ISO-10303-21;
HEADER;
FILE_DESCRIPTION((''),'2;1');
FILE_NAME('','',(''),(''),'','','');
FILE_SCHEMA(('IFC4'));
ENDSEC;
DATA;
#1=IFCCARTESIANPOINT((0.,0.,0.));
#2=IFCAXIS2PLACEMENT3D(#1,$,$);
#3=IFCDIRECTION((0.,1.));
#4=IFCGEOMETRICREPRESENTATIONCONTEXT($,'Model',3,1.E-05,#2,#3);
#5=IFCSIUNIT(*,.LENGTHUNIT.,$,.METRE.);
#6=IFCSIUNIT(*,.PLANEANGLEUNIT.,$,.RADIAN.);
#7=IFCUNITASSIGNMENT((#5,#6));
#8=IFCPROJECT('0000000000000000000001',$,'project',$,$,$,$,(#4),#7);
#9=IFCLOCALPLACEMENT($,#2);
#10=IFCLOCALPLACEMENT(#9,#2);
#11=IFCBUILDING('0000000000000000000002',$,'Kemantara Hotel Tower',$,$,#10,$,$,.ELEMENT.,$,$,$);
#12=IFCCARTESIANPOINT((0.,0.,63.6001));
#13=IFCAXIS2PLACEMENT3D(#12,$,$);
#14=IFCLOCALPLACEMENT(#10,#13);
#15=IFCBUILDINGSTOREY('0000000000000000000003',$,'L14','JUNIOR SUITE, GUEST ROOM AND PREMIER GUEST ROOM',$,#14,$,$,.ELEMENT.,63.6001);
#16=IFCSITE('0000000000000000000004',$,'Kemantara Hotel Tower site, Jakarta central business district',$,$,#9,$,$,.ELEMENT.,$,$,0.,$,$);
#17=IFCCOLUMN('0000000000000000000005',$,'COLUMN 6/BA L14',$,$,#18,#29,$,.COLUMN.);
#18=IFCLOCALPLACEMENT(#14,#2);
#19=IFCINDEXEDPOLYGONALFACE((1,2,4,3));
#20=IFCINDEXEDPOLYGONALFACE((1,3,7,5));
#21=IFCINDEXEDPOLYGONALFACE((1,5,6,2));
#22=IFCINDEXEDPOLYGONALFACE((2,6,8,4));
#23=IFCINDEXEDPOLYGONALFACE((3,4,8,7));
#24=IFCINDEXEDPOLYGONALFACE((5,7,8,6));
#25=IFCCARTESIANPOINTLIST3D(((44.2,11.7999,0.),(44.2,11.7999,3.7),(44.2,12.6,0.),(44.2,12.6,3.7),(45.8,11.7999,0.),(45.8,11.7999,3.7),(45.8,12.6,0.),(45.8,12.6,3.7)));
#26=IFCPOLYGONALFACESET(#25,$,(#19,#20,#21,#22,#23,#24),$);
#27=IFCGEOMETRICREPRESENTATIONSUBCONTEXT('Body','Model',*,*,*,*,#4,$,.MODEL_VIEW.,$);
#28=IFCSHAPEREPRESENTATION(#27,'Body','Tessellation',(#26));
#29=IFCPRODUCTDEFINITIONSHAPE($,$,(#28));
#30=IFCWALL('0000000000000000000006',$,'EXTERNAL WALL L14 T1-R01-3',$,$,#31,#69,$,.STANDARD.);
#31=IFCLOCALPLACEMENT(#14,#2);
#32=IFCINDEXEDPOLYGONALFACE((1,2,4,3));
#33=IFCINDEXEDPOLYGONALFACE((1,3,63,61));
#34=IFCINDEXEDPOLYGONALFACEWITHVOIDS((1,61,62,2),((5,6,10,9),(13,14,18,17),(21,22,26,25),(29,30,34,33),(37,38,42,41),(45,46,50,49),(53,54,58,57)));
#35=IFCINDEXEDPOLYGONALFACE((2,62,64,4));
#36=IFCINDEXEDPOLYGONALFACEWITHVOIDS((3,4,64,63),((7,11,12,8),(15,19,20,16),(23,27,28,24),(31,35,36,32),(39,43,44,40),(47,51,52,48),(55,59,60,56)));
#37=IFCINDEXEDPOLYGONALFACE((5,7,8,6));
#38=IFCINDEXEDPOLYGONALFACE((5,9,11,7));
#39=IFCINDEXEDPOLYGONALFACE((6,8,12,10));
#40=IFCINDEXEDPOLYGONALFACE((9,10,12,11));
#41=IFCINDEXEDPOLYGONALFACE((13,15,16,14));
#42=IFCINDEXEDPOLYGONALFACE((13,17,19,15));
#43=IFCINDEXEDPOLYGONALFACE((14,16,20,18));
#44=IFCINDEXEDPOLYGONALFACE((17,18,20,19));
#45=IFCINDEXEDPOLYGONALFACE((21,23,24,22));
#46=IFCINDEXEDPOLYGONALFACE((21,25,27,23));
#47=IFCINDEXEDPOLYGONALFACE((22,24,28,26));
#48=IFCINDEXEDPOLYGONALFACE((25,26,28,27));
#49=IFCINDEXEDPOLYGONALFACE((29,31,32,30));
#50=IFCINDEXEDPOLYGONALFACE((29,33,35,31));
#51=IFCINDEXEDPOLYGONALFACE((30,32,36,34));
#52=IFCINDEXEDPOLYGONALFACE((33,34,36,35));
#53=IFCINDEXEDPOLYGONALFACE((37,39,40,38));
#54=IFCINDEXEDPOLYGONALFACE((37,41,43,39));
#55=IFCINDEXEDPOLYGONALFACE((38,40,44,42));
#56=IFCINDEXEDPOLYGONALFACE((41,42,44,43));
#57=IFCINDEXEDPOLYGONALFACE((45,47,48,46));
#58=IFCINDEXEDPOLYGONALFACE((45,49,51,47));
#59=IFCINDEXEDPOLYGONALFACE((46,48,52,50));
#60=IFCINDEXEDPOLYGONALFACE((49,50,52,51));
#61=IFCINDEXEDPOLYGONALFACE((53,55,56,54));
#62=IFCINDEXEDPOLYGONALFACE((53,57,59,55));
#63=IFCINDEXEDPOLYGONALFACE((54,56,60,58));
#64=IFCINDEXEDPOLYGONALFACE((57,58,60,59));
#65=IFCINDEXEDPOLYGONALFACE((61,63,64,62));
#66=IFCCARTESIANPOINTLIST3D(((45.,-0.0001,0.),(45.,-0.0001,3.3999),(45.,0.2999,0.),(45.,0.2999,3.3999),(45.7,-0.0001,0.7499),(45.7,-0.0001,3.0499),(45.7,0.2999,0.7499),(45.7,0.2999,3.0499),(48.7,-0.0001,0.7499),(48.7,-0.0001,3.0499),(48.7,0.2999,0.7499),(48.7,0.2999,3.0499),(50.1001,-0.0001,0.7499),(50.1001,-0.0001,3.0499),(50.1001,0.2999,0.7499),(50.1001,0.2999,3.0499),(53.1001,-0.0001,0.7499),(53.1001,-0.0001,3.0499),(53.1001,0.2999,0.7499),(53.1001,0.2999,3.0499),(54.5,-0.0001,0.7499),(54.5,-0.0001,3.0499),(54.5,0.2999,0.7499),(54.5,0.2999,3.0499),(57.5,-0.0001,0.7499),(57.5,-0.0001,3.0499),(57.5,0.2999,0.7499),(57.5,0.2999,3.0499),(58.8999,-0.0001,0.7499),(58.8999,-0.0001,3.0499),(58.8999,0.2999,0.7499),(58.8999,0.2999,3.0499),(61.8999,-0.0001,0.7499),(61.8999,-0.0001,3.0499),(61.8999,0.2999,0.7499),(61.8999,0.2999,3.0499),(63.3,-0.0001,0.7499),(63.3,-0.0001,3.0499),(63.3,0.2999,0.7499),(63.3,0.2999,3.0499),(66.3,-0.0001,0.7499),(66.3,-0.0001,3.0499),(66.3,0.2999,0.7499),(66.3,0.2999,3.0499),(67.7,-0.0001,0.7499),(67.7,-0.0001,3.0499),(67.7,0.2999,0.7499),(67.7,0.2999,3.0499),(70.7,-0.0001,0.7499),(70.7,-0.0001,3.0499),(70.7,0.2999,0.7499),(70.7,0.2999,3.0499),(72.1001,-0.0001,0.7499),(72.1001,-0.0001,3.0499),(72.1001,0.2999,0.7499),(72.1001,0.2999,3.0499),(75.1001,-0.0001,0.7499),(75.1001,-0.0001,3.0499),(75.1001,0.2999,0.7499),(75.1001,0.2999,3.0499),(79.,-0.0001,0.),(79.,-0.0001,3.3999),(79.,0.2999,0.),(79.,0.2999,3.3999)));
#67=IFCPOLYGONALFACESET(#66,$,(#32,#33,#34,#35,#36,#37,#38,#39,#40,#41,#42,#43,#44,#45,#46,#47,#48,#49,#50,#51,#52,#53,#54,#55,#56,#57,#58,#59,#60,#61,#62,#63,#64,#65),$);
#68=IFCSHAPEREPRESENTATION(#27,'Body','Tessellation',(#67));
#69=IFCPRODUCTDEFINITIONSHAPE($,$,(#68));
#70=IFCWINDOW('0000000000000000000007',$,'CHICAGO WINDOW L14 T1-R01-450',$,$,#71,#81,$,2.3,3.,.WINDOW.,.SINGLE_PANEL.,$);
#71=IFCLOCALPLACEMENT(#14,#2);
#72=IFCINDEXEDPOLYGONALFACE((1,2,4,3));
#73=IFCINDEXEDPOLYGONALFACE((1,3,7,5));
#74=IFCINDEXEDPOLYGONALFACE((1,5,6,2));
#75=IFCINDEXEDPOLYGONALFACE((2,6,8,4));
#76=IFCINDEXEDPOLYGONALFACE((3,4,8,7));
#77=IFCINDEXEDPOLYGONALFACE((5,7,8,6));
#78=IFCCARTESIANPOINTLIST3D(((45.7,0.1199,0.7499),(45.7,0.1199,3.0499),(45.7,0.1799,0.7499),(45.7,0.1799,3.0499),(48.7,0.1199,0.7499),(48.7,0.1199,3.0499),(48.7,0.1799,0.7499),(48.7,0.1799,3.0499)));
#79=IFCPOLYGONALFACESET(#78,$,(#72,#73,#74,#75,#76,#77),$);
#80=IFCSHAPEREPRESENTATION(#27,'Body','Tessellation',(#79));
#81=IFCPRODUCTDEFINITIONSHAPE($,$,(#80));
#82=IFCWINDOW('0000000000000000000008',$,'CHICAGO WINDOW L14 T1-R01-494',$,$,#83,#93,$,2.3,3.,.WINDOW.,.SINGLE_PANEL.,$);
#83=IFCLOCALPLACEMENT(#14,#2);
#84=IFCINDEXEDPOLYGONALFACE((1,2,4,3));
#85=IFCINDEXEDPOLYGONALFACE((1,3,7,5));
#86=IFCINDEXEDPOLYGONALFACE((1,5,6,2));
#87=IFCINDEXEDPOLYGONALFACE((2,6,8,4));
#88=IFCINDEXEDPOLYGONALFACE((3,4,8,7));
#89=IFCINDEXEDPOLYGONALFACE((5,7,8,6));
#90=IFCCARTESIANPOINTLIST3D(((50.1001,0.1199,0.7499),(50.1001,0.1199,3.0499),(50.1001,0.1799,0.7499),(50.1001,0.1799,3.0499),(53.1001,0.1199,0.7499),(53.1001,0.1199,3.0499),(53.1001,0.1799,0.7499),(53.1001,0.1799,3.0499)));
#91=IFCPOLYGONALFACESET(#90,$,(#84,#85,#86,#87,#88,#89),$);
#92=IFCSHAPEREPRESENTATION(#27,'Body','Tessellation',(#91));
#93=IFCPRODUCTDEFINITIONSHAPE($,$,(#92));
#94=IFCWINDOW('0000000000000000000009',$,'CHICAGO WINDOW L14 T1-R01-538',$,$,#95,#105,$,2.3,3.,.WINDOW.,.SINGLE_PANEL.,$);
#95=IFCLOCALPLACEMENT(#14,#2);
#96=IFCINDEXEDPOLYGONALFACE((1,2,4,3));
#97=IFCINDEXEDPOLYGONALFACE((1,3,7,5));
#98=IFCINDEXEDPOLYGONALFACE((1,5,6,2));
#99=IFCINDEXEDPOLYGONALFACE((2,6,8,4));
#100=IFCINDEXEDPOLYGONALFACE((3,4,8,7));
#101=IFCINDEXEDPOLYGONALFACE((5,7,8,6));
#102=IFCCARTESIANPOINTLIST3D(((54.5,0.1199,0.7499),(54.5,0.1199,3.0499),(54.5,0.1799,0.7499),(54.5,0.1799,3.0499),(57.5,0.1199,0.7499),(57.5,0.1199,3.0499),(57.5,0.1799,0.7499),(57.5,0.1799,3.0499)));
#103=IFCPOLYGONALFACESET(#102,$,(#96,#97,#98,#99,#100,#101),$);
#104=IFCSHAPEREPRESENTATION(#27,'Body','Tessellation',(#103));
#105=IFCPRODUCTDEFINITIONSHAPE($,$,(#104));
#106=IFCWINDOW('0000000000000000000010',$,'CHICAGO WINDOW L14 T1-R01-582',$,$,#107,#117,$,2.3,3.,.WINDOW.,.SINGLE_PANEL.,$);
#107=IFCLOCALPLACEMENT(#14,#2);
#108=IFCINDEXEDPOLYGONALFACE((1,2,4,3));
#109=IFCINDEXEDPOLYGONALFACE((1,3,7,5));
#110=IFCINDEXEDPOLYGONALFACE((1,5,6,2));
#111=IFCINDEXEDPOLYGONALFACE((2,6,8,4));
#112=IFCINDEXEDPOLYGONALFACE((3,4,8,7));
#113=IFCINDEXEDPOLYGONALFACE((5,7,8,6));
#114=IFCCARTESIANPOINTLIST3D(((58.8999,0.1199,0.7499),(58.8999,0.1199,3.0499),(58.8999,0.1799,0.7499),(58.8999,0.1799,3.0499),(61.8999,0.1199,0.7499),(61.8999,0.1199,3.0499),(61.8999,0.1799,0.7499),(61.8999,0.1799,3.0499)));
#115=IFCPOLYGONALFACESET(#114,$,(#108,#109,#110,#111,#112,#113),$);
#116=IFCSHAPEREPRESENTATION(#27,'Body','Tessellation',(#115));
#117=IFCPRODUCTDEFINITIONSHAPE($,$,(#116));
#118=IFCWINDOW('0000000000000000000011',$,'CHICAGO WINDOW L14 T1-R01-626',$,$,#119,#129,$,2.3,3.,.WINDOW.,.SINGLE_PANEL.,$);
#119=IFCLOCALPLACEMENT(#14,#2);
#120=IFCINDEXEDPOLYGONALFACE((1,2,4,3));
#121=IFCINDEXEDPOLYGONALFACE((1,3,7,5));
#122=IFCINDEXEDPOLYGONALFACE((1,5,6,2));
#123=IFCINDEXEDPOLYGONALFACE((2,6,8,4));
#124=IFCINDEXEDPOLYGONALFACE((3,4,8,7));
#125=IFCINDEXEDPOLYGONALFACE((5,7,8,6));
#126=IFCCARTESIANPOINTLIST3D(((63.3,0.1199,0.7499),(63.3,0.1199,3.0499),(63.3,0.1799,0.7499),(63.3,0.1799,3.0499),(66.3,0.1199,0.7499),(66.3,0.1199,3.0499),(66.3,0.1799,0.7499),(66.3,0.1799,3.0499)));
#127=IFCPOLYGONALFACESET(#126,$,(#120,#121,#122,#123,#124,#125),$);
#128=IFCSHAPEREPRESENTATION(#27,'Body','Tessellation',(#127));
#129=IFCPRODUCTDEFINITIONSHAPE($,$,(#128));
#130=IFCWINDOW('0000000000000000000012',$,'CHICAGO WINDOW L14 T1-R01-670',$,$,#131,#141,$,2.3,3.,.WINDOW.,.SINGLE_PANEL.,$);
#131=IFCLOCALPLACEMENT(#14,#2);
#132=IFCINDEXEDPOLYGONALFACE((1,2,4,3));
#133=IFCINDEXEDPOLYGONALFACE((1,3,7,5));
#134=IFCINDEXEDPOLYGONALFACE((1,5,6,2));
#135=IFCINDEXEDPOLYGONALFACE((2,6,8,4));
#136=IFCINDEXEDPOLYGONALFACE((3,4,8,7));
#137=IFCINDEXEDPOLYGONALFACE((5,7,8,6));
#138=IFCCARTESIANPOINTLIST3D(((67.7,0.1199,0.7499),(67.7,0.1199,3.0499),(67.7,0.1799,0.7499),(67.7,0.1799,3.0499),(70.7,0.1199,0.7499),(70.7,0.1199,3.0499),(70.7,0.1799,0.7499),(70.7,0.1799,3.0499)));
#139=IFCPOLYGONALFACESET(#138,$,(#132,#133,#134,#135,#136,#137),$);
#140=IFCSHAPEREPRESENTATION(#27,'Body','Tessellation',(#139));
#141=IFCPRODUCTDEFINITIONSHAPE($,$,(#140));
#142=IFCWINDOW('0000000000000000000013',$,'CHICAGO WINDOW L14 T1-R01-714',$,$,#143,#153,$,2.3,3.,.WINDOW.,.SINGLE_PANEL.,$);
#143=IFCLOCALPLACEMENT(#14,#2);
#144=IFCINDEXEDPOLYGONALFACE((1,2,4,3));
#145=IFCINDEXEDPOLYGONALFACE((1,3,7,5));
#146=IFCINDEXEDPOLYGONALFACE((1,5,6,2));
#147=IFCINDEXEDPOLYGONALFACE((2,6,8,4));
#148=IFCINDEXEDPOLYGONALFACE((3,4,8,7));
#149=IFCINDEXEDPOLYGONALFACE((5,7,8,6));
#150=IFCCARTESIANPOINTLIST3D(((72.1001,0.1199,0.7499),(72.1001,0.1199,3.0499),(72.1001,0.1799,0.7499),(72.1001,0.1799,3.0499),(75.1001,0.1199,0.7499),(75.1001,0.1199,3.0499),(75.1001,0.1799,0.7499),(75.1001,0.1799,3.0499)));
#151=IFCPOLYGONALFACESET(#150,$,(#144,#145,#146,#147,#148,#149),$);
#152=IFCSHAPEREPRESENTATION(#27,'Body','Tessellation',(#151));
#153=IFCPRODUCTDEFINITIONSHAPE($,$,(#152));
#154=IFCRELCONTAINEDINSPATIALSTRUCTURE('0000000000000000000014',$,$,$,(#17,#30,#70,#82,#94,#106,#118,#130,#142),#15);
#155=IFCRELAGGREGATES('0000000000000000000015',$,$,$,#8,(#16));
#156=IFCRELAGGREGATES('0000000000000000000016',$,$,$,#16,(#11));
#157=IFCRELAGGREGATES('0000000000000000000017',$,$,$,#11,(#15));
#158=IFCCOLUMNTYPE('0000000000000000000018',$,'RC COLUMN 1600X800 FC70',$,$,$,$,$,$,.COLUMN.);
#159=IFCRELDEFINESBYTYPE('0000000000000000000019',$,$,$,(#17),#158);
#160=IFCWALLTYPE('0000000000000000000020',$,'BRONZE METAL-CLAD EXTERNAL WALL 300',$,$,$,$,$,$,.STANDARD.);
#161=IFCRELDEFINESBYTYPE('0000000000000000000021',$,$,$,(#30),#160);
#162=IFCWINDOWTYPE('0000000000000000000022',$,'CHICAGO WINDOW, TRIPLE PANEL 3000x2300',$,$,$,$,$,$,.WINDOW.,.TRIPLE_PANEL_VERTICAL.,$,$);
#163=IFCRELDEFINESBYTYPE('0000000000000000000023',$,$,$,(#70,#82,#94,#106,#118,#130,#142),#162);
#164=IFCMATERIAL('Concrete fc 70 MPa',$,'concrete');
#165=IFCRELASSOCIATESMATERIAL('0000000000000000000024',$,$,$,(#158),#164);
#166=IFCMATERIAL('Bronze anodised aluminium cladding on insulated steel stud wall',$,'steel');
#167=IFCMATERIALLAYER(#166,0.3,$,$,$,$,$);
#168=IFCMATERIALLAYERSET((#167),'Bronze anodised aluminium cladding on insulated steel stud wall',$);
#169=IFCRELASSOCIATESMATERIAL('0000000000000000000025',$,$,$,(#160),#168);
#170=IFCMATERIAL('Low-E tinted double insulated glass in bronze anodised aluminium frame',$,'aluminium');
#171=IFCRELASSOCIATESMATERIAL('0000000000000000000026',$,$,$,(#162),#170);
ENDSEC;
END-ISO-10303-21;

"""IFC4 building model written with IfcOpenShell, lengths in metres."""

from ifc_helpers import new_model, si_unit, direction, frame, frame_2d, origin, origin_2d, place, context, subcontext, project, spatial, rectangle, extrude, material, layer, layer_set, material_profile, profile_set, type_object, element, fill, save


model = new_model("IFC4")

# Units and contexts
model_context = context("Model", 3, precision=1e-05, world=origin(), true_north=direction((0.0, 1.0)))
body_context = subcontext(model_context, "Body", "Model", "MODEL_VIEW")
ifc_project = project(units=[si_unit("LENGTHUNIT", "METRE"), si_unit("PLANEANGLEUNIT", "RADIAN")], contexts=[model_context])

# Site, building, storey
site_placement = place(None, origin())
site = spatial("IfcSite", under=ifc_project, at=site_placement, Name="Kemantara Hotel Tower site, Jakarta central business district", CompositionType="ELEMENT", RefElevation=0.0)
building_placement = place(site_placement, origin())
building = spatial("IfcBuilding", under=site, at=building_placement, Name="Kemantara Hotel Tower", CompositionType="ELEMENT")
storey_placement = place(building_placement, frame((0.0, 0.0, 63.6001)))
storey = spatial("IfcBuildingStorey", under=building, at=storey_placement, Name="L14", Description="JUNIOR SUITE, GUEST ROOM AND PREMIER GUEST ROOM", CompositionType="ELEMENT", Elevation=63.6001)

# Column
ifc_material_1 = material(Name="Concrete fc 70 MPa", Category="concrete")
ifc_material_profile = material_profile(ifc_material_1, rectangle(XDim=1.6001, YDim=0.8, at=origin_2d()), Name="RC 1600X800")
ifc_profile_set = profile_set([ifc_material_profile], Name="Concrete fc 70 MPa")
column_type = type_object("IfcColumnType", Name="RC COLUMN 1600X800 FC70", PredefinedType="COLUMN", material=ifc_profile_set)
column_placement = place(storey_placement, frame((45.0, 12.2, 0.0), z_axis=(0.0, 0.0, 1.0), x_axis=(1.0, 0.0, 0.0)))
element("IfcColumn", 1, at=column_placement, inside=storey, type_object=column_type, Name="COLUMN 6/BA L14", PredefinedType="COLUMN", context=body_context, shape_type="SweptSolid", body=[
    extrude(rectangle(XDim=1.6001, YDim=0.8, at=origin_2d()), origin(), (0.0, 0.0, 1.0), 3.7),
])

# Wall, openings, windows
ifc_material_2 = material(Name="Bronze anodised aluminium cladding on insulated steel stud wall", Category="steel")
ifc_layer_1 = layer(ifc_material_2, 0.3)
ifc_layer_set_1 = layer_set([ifc_layer_1], Name="Bronze anodised aluminium cladding on insulated steel stud wall")
wall_type_1 = type_object("IfcWallType", Name="BRONZE METAL-CLAD EXTERNAL WALL 300", PredefinedType="STANDARD", material=ifc_layer_set_1)
wall_1_placement = place(storey_placement, frame((45.0, 0.1499, 0.0), z_axis=(0.0, 0.0, 1.0), x_axis=(1.0, 0.0, 0.0)))
wall_1 = element("IfcWall", 2, at=wall_1_placement, inside=storey, type_object=wall_type_1, Name="EXTERNAL WALL L14 T1-R01-3", PredefinedType="STANDARD", context=body_context, shape_type="SweptSolid", body=[
    extrude(rectangle(XDim=34.0, YDim=0.3, at=frame_2d((17.0, 0.0))), origin(), (0.0, 0.0, 1.0), 3.3999),
])
opening_1_placement = place(wall_1_placement, frame((0.7, 0.0, 0.75)))
opening_1 = element("IfcOpeningElement", 3, at=opening_1_placement, cuts=wall_1, PredefinedType="OPENING", context=body_context, shape_type="SweptSolid", body=[
    extrude(rectangle(XDim=3.0, YDim=2.3, at=frame_2d((1.5, 1.1499))), frame((0.0, 0.1599, 0.0), z_axis=(0.0, -1.0, 0.0), x_axis=(1.0, 0.0, 0.0)), (0.0, 0.0, 1.0), 0.3201),
])
opening_2_placement = place(wall_1_placement, frame((5.1001, 0.0, 0.75)))
opening_2 = element("IfcOpeningElement", 4, at=opening_2_placement, cuts=wall_1, PredefinedType="OPENING", context=body_context, shape_type="SweptSolid", body=[
    extrude(rectangle(XDim=3.0, YDim=2.3, at=frame_2d((1.5, 1.1499))), frame((0.0, 0.1599, 0.0), z_axis=(0.0, -1.0, 0.0), x_axis=(1.0, 0.0, 0.0)), (0.0, 0.0, 1.0), 0.3201),
])
opening_3_placement = place(wall_1_placement, frame((9.5, 0.0, 0.75)))
opening_3 = element("IfcOpeningElement", 5, at=opening_3_placement, cuts=wall_1, PredefinedType="OPENING", context=body_context, shape_type="SweptSolid", body=[
    extrude(rectangle(XDim=3.0, YDim=2.3, at=frame_2d((1.5, 1.1499))), frame((0.0, 0.1599, 0.0), z_axis=(0.0, -1.0, 0.0), x_axis=(1.0, 0.0, 0.0)), (0.0, 0.0, 1.0), 0.3201),
])
opening_4_placement = place(wall_1_placement, frame((13.8999, 0.0, 0.75)))
opening_4 = element("IfcOpeningElement", 6, at=opening_4_placement, cuts=wall_1, PredefinedType="OPENING", context=body_context, shape_type="SweptSolid", body=[
    extrude(rectangle(XDim=3.0, YDim=2.3, at=frame_2d((1.5, 1.1499))), frame((0.0, 0.1599, 0.0), z_axis=(0.0, -1.0, 0.0), x_axis=(1.0, 0.0, 0.0)), (0.0, 0.0, 1.0), 0.3201),
])
opening_5_placement = place(wall_1_placement, frame((18.3, 0.0, 0.75)))
opening_5 = element("IfcOpeningElement", 7, at=opening_5_placement, cuts=wall_1, PredefinedType="OPENING", context=body_context, shape_type="SweptSolid", body=[
    extrude(rectangle(XDim=3.0, YDim=2.3, at=frame_2d((1.5, 1.1499))), frame((0.0, 0.1599, 0.0), z_axis=(0.0, -1.0, 0.0), x_axis=(1.0, 0.0, 0.0)), (0.0, 0.0, 1.0), 0.3201),
])
opening_6_placement = place(wall_1_placement, frame((22.7, 0.0, 0.75)))
opening_6 = element("IfcOpeningElement", 8, at=opening_6_placement, cuts=wall_1, PredefinedType="OPENING", context=body_context, shape_type="SweptSolid", body=[
    extrude(rectangle(XDim=3.0, YDim=2.3, at=frame_2d((1.5, 1.1499))), frame((0.0, 0.1599, 0.0), z_axis=(0.0, -1.0, 0.0), x_axis=(1.0, 0.0, 0.0)), (0.0, 0.0, 1.0), 0.3201),
])
opening_7_placement = place(wall_1_placement, frame((27.1001, 0.0, 0.75)))
opening_7 = element("IfcOpeningElement", 9, at=opening_7_placement, cuts=wall_1, PredefinedType="OPENING", context=body_context, shape_type="SweptSolid", body=[
    extrude(rectangle(XDim=3.0, YDim=2.3, at=frame_2d((1.5, 1.1499))), frame((0.0, 0.1599, 0.0), z_axis=(0.0, -1.0, 0.0), x_axis=(1.0, 0.0, 0.0)), (0.0, 0.0, 1.0), 0.3201),
])
ifc_material_3 = material(Name="Low-E tinted double insulated glass in bronze anodised aluminium frame", Category="aluminium")
window_type = type_object("IfcWindowType", Name="CHICAGO WINDOW, TRIPLE PANEL 3000x2300", PartitioningType="TRIPLE_PANEL_VERTICAL", PredefinedType="WINDOW", material=ifc_material_3)
window_1_placement = place(opening_1_placement, origin())
window_1 = element("IfcWindow", 10, at=window_1_placement, inside=storey, type_object=window_type, Name="CHICAGO WINDOW L14 T1-R01-450", OverallHeight=2.3, OverallWidth=3.0, PartitioningType="SINGLE_PANEL", PredefinedType="WINDOW", context=body_context, shape_type="SweptSolid", body=[
    extrude(rectangle(XDim=3.0, YDim=2.3, at=frame_2d((1.5, 1.1499))), frame((0.0, 0.03, 0.0), z_axis=(0.0, -1.0, 0.0), x_axis=(1.0, 0.0, 0.0)), (0.0, 0.0, 1.0), 0.0601),
])
fill(opening_1, window_1)
window_2_placement = place(opening_2_placement, origin())
window_2 = element("IfcWindow", 11, at=window_2_placement, inside=storey, type_object=window_type, Name="CHICAGO WINDOW L14 T1-R01-494", OverallHeight=2.3, OverallWidth=3.0, PartitioningType="SINGLE_PANEL", PredefinedType="WINDOW", context=body_context, shape_type="SweptSolid", body=[
    extrude(rectangle(XDim=3.0, YDim=2.3, at=frame_2d((1.5, 1.1499))), frame((0.0, 0.03, 0.0), z_axis=(0.0, -1.0, 0.0), x_axis=(1.0, 0.0, 0.0)), (0.0, 0.0, 1.0), 0.0601),
])
fill(opening_2, window_2)
window_3_placement = place(opening_3_placement, origin())
window_3 = element("IfcWindow", 12, at=window_3_placement, inside=storey, type_object=window_type, Name="CHICAGO WINDOW L14 T1-R01-538", OverallHeight=2.3, OverallWidth=3.0, PartitioningType="SINGLE_PANEL", PredefinedType="WINDOW", context=body_context, shape_type="SweptSolid", body=[
    extrude(rectangle(XDim=3.0, YDim=2.3, at=frame_2d((1.5, 1.1499))), frame((0.0, 0.03, 0.0), z_axis=(0.0, -1.0, 0.0), x_axis=(1.0, 0.0, 0.0)), (0.0, 0.0, 1.0), 0.0601),
])
fill(opening_3, window_3)
window_4_placement = place(opening_4_placement, origin())
window_4 = element("IfcWindow", 13, at=window_4_placement, inside=storey, type_object=window_type, Name="CHICAGO WINDOW L14 T1-R01-582", OverallHeight=2.3, OverallWidth=3.0, PartitioningType="SINGLE_PANEL", PredefinedType="WINDOW", context=body_context, shape_type="SweptSolid", body=[
    extrude(rectangle(XDim=3.0, YDim=2.3, at=frame_2d((1.5, 1.1499))), frame((0.0, 0.03, 0.0), z_axis=(0.0, -1.0, 0.0), x_axis=(1.0, 0.0, 0.0)), (0.0, 0.0, 1.0), 0.0601),
])
fill(opening_4, window_4)
window_5_placement = place(opening_5_placement, origin())
window_5 = element("IfcWindow", 14, at=window_5_placement, inside=storey, type_object=window_type, Name="CHICAGO WINDOW L14 T1-R01-626", OverallHeight=2.3, OverallWidth=3.0, PartitioningType="SINGLE_PANEL", PredefinedType="WINDOW", context=body_context, shape_type="SweptSolid", body=[
    extrude(rectangle(XDim=3.0, YDim=2.3, at=frame_2d((1.5, 1.1499))), frame((0.0, 0.03, 0.0), z_axis=(0.0, -1.0, 0.0), x_axis=(1.0, 0.0, 0.0)), (0.0, 0.0, 1.0), 0.0601),
])
fill(opening_5, window_5)
window_6_placement = place(opening_6_placement, origin())
window_6 = element("IfcWindow", 15, at=window_6_placement, inside=storey, type_object=window_type, Name="CHICAGO WINDOW L14 T1-R01-670", OverallHeight=2.3, OverallWidth=3.0, PartitioningType="SINGLE_PANEL", PredefinedType="WINDOW", context=body_context, shape_type="SweptSolid", body=[
    extrude(rectangle(XDim=3.0, YDim=2.3, at=frame_2d((1.5, 1.1499))), frame((0.0, 0.03, 0.0), z_axis=(0.0, -1.0, 0.0), x_axis=(1.0, 0.0, 0.0)), (0.0, 0.0, 1.0), 0.0601),
])
fill(opening_6, window_6)
window_7_placement = place(opening_7_placement, origin())
window_7 = element("IfcWindow", 16, at=window_7_placement, inside=storey, type_object=window_type, Name="CHICAGO WINDOW L14 T1-R01-714", OverallHeight=2.3, OverallWidth=3.0, PartitioningType="SINGLE_PANEL", PredefinedType="WINDOW", context=body_context, shape_type="SweptSolid", body=[
    extrude(rectangle(XDim=3.0, YDim=2.3, at=frame_2d((1.5, 1.1499))), frame((0.0, 0.03, 0.0), z_axis=(0.0, -1.0, 0.0), x_axis=(1.0, 0.0, 0.0)), (0.0, 0.0, 1.0), 0.0601),
])
fill(opening_7, window_7)

save(model, "model.ifc")
